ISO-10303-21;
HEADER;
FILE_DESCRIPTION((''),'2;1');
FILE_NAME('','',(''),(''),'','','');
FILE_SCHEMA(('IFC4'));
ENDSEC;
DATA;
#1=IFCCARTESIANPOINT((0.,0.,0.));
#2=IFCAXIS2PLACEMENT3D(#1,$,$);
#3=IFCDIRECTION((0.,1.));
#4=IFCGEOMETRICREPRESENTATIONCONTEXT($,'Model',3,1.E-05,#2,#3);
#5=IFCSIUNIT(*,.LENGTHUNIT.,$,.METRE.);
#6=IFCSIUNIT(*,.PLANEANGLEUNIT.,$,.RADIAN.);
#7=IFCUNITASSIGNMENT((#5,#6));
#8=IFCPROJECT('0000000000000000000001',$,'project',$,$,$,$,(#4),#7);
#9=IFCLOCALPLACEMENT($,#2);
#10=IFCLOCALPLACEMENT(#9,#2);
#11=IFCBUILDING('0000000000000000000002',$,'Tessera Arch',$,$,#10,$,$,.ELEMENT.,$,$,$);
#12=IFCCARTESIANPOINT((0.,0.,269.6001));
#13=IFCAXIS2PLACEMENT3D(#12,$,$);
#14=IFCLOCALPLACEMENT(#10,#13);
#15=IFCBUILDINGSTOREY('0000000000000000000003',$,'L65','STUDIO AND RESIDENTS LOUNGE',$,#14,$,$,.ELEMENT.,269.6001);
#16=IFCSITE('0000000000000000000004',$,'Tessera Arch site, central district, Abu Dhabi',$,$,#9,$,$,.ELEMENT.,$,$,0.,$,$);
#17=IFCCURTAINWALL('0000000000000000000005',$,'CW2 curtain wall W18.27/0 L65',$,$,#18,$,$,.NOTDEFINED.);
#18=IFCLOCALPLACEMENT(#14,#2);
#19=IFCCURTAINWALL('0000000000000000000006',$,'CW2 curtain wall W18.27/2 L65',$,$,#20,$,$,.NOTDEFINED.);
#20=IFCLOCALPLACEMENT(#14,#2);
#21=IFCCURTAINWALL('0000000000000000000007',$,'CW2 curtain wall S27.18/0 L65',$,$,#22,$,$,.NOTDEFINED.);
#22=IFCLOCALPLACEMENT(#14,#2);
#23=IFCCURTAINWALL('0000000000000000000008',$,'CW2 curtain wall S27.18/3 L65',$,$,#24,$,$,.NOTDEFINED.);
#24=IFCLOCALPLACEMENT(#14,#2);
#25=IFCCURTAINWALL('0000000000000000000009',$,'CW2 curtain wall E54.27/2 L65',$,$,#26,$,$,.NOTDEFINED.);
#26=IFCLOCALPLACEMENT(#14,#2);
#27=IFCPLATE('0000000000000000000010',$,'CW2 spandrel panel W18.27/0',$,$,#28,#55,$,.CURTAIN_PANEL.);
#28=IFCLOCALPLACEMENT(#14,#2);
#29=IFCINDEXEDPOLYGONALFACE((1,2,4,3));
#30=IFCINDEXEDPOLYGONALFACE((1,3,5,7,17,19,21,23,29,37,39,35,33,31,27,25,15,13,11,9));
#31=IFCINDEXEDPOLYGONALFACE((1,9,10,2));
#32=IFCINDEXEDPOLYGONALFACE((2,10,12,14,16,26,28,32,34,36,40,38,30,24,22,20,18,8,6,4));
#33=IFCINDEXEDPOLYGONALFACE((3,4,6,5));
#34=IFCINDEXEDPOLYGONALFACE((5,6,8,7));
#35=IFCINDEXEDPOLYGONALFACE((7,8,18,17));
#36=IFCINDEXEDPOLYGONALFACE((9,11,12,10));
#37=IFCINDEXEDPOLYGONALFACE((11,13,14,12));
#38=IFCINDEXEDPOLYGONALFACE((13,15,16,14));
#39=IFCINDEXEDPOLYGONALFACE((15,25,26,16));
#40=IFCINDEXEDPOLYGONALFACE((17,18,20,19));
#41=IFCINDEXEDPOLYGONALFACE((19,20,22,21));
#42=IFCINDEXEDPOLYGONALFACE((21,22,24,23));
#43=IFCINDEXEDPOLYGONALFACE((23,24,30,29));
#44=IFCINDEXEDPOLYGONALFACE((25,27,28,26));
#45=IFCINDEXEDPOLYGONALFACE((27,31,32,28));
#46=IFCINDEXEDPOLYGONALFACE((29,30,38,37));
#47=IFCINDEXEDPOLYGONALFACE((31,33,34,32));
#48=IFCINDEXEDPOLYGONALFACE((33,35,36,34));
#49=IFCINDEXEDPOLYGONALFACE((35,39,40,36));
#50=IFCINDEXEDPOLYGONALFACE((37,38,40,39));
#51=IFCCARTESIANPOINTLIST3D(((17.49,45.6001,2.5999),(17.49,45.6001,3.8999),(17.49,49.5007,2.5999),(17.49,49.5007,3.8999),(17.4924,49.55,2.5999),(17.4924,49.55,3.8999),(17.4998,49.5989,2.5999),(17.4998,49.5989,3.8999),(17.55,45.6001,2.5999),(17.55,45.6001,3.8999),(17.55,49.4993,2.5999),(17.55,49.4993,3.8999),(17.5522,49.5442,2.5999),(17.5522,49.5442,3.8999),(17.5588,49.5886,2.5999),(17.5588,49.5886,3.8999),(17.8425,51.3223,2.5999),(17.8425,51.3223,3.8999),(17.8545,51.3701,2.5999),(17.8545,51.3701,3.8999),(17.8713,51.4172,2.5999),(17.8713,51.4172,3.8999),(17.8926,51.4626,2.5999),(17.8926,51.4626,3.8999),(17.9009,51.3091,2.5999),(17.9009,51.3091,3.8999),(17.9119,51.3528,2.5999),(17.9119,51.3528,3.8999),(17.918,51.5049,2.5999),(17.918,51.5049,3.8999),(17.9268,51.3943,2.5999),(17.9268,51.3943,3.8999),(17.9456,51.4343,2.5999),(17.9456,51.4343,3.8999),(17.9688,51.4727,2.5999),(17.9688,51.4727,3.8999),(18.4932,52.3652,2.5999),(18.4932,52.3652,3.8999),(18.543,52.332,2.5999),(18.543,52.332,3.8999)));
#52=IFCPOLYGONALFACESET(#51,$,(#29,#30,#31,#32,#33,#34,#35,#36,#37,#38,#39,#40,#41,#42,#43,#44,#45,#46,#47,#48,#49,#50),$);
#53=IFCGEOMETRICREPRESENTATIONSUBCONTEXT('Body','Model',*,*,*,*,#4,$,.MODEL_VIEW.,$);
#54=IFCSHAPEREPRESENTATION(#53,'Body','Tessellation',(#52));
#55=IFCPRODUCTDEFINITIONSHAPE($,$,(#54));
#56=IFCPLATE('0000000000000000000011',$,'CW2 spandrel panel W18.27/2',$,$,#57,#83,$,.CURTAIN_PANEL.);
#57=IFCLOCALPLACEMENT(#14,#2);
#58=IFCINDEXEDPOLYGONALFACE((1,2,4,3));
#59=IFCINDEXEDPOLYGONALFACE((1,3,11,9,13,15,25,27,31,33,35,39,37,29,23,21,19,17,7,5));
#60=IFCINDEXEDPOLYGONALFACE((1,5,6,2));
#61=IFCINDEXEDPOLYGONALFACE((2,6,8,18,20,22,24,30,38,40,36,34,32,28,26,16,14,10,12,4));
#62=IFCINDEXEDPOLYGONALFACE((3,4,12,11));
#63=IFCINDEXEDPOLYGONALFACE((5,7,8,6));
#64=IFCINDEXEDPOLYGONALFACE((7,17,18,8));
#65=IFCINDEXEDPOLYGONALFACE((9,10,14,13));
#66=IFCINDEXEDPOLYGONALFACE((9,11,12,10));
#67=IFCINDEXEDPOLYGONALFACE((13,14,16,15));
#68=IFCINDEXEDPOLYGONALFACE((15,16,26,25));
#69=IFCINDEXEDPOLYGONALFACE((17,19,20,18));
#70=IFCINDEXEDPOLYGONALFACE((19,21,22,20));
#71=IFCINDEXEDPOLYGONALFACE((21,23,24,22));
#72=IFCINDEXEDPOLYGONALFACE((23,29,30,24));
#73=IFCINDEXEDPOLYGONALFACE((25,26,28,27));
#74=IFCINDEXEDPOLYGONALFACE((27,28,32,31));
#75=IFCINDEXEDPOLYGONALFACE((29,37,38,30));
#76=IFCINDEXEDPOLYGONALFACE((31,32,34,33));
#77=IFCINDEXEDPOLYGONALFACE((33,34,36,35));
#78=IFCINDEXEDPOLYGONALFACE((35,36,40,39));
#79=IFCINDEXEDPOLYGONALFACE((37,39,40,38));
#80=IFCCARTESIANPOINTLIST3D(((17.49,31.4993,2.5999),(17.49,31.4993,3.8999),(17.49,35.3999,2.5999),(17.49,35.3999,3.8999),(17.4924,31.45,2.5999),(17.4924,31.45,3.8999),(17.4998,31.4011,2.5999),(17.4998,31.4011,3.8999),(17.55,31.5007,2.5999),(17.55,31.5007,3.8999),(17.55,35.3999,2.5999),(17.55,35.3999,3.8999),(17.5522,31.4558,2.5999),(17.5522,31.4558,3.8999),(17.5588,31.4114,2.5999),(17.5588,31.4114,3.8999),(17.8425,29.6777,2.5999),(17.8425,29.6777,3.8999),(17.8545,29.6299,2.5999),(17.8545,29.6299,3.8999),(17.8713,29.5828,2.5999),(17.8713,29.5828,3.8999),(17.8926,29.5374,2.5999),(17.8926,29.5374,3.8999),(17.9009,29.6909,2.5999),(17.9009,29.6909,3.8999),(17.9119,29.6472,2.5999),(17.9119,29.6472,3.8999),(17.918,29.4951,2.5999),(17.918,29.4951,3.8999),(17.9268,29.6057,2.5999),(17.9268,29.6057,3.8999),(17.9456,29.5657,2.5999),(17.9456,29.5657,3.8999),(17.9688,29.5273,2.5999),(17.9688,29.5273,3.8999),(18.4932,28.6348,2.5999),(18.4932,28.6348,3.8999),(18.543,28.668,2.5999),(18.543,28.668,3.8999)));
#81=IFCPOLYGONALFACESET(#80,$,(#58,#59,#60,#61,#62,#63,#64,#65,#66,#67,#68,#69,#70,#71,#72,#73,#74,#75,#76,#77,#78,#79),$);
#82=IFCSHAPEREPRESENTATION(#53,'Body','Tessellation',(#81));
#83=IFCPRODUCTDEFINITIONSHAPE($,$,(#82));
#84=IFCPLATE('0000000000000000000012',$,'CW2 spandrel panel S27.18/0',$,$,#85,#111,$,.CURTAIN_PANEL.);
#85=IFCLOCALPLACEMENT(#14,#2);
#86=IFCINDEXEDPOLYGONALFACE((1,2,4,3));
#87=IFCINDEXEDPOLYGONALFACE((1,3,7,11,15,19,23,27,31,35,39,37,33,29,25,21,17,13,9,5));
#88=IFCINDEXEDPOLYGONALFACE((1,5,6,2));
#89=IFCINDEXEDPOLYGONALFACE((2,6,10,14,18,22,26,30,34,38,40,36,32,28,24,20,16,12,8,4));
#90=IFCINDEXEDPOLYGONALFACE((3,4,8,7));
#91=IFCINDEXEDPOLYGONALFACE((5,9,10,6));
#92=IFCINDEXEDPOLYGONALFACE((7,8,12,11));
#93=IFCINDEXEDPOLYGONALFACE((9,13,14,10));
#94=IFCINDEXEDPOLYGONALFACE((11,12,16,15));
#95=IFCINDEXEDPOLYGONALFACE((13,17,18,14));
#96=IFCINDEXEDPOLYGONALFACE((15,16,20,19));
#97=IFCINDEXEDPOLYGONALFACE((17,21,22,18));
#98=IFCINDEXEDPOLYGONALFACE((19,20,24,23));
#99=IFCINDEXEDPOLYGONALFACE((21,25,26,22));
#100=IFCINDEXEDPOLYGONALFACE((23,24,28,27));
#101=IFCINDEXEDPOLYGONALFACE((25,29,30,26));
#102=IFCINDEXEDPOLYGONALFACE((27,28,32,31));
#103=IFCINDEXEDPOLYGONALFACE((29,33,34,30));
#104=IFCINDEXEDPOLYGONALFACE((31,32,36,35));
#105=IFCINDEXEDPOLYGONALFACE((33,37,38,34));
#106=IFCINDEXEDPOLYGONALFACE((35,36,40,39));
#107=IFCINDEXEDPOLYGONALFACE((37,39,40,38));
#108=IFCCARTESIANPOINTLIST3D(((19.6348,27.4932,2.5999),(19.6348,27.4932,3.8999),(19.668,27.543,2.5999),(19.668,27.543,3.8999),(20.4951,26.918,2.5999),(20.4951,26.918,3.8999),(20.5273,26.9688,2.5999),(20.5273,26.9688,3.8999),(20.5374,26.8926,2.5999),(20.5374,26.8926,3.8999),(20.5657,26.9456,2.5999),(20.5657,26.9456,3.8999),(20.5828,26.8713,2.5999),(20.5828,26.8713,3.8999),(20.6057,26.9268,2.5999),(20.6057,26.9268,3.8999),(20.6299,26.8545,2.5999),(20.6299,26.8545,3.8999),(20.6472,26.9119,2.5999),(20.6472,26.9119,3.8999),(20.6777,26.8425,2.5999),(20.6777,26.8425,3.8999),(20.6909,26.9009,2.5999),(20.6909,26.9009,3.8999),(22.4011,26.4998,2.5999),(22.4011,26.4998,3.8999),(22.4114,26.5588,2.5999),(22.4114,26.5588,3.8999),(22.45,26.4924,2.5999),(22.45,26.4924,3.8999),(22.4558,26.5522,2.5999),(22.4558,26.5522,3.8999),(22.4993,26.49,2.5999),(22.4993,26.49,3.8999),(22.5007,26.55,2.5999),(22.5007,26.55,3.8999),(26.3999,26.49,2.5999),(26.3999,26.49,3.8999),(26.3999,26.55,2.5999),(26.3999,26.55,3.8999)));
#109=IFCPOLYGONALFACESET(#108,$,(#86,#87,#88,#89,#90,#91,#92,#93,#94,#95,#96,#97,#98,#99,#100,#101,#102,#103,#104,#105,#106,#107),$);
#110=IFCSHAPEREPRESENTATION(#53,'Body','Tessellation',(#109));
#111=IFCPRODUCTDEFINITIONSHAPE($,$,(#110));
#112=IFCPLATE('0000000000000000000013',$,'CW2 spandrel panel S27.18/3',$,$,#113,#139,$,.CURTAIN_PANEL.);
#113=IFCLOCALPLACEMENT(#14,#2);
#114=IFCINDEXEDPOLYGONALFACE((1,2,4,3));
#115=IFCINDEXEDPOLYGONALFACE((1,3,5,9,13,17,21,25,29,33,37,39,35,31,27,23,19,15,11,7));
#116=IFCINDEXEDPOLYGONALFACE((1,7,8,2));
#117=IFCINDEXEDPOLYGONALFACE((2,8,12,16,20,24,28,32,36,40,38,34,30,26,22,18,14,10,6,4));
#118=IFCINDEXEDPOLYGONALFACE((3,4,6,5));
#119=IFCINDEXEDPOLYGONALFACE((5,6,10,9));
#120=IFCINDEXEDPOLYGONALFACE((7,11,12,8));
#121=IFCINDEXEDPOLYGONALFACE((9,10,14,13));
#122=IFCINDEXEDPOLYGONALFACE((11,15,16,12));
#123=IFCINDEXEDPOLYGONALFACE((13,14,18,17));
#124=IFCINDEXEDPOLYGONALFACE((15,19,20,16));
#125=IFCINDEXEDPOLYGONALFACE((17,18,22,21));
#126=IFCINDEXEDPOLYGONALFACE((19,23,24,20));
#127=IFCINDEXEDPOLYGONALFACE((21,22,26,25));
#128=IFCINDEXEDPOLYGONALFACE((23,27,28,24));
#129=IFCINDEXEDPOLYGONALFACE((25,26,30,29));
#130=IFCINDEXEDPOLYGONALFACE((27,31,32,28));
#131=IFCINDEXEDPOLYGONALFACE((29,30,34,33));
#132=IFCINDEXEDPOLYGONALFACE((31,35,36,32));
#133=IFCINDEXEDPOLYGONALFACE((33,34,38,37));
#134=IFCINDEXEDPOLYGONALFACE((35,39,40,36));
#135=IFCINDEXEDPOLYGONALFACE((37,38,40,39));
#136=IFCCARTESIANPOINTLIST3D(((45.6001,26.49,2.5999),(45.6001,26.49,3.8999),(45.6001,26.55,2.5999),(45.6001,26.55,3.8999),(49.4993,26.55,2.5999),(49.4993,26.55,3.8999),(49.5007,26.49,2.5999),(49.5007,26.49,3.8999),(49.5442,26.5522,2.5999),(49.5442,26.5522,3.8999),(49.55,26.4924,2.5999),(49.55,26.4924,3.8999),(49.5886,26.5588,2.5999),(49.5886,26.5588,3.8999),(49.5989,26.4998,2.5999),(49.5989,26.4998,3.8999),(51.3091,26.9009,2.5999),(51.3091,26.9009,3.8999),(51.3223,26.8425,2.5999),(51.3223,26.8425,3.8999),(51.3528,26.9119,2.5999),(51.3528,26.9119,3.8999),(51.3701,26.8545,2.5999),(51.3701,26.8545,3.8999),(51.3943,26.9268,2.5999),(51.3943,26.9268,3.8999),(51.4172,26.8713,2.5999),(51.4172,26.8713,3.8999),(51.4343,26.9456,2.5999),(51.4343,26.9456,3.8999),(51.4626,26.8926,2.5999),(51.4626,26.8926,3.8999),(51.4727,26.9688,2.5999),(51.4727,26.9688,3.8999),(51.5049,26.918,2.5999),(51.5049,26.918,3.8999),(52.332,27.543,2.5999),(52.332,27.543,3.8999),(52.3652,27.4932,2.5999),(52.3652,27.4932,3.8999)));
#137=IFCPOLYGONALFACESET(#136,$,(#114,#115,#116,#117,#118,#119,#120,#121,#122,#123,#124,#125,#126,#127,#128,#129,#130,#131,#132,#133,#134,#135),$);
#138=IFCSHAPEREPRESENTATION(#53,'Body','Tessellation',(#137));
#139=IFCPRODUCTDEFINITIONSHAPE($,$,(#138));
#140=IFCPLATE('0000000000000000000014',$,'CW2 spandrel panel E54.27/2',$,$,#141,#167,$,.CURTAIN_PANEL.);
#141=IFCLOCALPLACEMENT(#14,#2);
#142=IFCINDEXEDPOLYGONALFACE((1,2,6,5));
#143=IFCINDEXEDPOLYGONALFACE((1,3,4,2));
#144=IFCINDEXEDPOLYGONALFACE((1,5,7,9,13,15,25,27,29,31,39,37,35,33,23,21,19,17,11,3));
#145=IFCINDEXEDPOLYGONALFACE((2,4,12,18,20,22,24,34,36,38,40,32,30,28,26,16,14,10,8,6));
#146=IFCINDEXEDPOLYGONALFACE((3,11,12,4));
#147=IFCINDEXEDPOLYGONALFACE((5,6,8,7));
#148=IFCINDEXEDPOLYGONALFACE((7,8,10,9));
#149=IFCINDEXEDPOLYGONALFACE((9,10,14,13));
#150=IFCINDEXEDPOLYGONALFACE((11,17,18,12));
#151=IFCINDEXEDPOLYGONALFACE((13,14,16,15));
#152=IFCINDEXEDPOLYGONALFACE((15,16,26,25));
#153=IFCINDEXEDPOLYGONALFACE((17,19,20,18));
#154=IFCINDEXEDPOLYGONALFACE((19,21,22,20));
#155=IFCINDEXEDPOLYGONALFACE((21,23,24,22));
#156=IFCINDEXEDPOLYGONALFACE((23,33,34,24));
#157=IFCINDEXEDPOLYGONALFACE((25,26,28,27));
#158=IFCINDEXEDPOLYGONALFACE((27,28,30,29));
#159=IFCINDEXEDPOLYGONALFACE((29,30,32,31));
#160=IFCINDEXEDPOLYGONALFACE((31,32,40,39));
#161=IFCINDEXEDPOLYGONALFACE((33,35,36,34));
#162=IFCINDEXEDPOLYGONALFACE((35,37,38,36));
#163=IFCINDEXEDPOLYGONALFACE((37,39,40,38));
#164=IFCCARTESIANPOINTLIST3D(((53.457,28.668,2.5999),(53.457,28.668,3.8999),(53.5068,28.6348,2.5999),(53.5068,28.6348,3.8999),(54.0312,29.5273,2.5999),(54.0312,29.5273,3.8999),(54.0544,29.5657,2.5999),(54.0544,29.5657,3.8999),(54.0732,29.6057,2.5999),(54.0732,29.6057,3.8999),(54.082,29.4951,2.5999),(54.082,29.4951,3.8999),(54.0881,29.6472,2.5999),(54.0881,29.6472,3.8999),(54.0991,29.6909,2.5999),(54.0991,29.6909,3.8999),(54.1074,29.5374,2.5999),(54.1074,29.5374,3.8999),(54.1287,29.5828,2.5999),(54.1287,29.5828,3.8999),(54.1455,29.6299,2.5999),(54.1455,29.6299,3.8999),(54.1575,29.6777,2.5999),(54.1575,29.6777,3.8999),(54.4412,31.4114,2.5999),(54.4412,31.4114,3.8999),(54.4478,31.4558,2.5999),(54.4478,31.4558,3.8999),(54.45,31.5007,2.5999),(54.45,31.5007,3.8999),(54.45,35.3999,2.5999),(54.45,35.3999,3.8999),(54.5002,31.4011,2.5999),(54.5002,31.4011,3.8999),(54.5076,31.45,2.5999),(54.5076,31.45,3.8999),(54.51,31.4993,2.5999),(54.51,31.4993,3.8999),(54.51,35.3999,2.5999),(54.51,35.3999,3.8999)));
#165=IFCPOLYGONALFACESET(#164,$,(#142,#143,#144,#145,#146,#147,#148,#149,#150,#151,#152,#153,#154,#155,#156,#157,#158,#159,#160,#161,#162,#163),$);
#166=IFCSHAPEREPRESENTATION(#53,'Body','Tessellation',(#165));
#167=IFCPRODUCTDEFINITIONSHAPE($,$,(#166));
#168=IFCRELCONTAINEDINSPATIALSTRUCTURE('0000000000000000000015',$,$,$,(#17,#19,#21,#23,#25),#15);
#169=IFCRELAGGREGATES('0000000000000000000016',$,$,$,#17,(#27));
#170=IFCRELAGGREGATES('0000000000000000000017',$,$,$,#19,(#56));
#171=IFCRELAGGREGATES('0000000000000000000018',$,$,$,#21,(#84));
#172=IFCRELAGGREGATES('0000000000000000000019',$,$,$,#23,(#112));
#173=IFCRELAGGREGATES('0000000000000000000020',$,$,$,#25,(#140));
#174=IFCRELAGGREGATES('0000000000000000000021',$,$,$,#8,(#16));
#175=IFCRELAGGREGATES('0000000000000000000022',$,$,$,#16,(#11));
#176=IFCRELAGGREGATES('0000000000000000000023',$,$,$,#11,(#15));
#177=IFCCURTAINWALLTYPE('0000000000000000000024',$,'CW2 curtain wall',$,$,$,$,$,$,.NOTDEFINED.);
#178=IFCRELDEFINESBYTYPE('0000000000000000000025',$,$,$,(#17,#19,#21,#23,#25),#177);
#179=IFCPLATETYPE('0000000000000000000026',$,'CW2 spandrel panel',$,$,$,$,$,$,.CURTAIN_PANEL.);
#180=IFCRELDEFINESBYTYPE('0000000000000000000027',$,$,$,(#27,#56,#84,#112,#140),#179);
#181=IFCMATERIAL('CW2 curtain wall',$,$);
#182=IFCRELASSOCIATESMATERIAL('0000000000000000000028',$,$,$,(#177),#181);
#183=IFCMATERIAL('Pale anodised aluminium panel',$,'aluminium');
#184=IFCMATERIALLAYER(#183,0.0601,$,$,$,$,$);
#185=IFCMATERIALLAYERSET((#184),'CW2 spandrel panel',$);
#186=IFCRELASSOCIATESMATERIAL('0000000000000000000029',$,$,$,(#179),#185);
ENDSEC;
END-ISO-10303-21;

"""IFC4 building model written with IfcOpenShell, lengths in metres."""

from ifc_helpers import new_model, si_unit, direction, frame, origin, place, context, subcontext, project, spatial, polyline, outline, extrude, material, layer, layer_set, type_object, element, aggregate, save


model = new_model("IFC4")

# Units and contexts
model_context = context("Model", 3, precision=1e-05, world=origin(), true_north=direction((0.0, 1.0)))
body_context = subcontext(model_context, "Body", "Model", "MODEL_VIEW")
ifc_project = project(units=[si_unit("LENGTHUNIT", "METRE"), si_unit("PLANEANGLEUNIT", "RADIAN")], contexts=[model_context])

# Site, building, storey
site_placement = place(None, origin())
site = spatial("IfcSite", under=ifc_project, at=site_placement, Name="Tessera Arch site, central district, Abu Dhabi", CompositionType="ELEMENT", RefElevation=0.0)
building_placement = place(site_placement, origin())
building = spatial("IfcBuilding", under=site, at=building_placement, Name="Tessera Arch", CompositionType="ELEMENT")
storey_placement = place(building_placement, frame((0.0, 0.0, 269.6001)))
storey = spatial("IfcBuildingStorey", under=building, at=storey_placement, Name="L65", Description="STUDIO AND RESIDENTS LOUNGE", CompositionType="ELEMENT", Elevation=269.6001)

# Curtain walls
ifc_material_1 = material(Name="CW2 curtain wall")
curtain_wall_type = type_object("IfcCurtainWallType", Name="CW2 curtain wall", PredefinedType="NOTDEFINED", material=ifc_material_1)
curtain_wall_1_placement = place(storey_placement, origin())
curtain_wall_1 = element("IfcCurtainWall", 1, at=curtain_wall_1_placement, inside=storey, type_object=curtain_wall_type, Name="CW2 curtain wall W18.27/0 L65", PredefinedType="NOTDEFINED")
curtain_wall_2_placement = place(storey_placement, origin())
curtain_wall_2 = element("IfcCurtainWall", 2, at=curtain_wall_2_placement, inside=storey, type_object=curtain_wall_type, Name="CW2 curtain wall W18.27/2 L65", PredefinedType="NOTDEFINED")
curtain_wall_3_placement = place(storey_placement, origin())
curtain_wall_3 = element("IfcCurtainWall", 3, at=curtain_wall_3_placement, inside=storey, type_object=curtain_wall_type, Name="CW2 curtain wall S27.18/0 L65", PredefinedType="NOTDEFINED")
curtain_wall_4_placement = place(storey_placement, origin())
curtain_wall_4 = element("IfcCurtainWall", 4, at=curtain_wall_4_placement, inside=storey, type_object=curtain_wall_type, Name="CW2 curtain wall S27.18/3 L65", PredefinedType="NOTDEFINED")
curtain_wall_5_placement = place(storey_placement, origin())
curtain_wall_5 = element("IfcCurtainWall", 5, at=curtain_wall_5_placement, inside=storey, type_object=curtain_wall_type, Name="CW2 curtain wall E54.27/2 L65", PredefinedType="NOTDEFINED")

# Plates
ifc_material_2 = material(Name="Pale anodised aluminium panel", Category="aluminium")
ifc_layer_1 = layer(ifc_material_2, 0.0601)
ifc_layer_set_1 = layer_set([ifc_layer_1], Name="CW2 spandrel panel")
plate_type_1 = type_object("IfcPlateType", Name="CW2 spandrel panel", PredefinedType="CURTAIN_PANEL", material=ifc_layer_set_1)
plate_1_placement = place(storey_placement, frame((0.0, 0.0, 2.5999)))
plate_1 = element("IfcPlate", 6, at=plate_1_placement, type_object=plate_type_1, Name="CW2 spandrel panel W18.27/0", PredefinedType="CURTAIN_PANEL", context=body_context, shape_type="SweptSolid", body=[
    extrude(outline(polyline([(17.9688, 51.4727), (18.543, 52.332), (18.4932, 52.3652), (17.918, 51.5049), (17.8926, 51.4626), (17.8713, 51.4172), (17.8545, 51.3701), (17.8425, 51.3223), (17.4998, 49.5989), (17.4924, 49.55), (17.49, 49.5007), (17.49, 45.6001), (17.55, 45.6001), (17.55, 49.4993), (17.5522, 49.5442), (17.5588, 49.5886), (17.9009, 51.3091), (17.9119, 51.3528), (17.9268, 51.3943), (17.9456, 51.4343), (17.9688, 51.4727)])), origin(), (0.0, 0.0, 1.0), 1.3),
])
aggregate(curtain_wall_1, [plate_1])
plate_2_placement = place(storey_placement, frame((0.0, 0.0, 2.5999)))
plate_2 = element("IfcPlate", 7, at=plate_2_placement, type_object=plate_type_1, Name="CW2 spandrel panel W18.27/2", PredefinedType="CURTAIN_PANEL", context=body_context, shape_type="SweptSolid", body=[
    extrude(outline(polyline([(17.55, 31.5007), (17.55, 35.3999), (17.49, 35.3999), (17.49, 31.4993), (17.4924, 31.45), (17.4998, 31.4011), (17.8425, 29.6777), (17.8545, 29.6299), (17.8713, 29.5828), (17.8926, 29.5374), (17.918, 29.4951), (18.4932, 28.6348), (18.543, 28.668), (17.9688, 29.5273), (17.9456, 29.5657), (17.9268, 29.6057), (17.9119, 29.6472), (17.9009, 29.6909), (17.5588, 31.4114), (17.5522, 31.4558), (17.55, 31.5007)])), origin(), (0.0, 0.0, 1.0), 1.3),
])
aggregate(curtain_wall_2, [plate_2])
plate_3_placement = place(storey_placement, frame((0.0, 0.0, 2.5999)))
plate_3 = element("IfcPlate", 8, at=plate_3_placement, type_object=plate_type_1, Name="CW2 spandrel panel S27.18/0", PredefinedType="CURTAIN_PANEL", context=body_context, shape_type="SweptSolid", body=[
    extrude(outline(polyline([(20.5273, 26.9688), (19.668, 27.543), (19.6348, 27.4932), (20.4951, 26.918), (20.5374, 26.8926), (20.5828, 26.8713), (20.6299, 26.8545), (20.6777, 26.8425), (22.4011, 26.4998), (22.45, 26.4924), (22.4993, 26.49), (26.3999, 26.49), (26.3999, 26.55), (22.5007, 26.55), (22.4558, 26.5522), (22.4114, 26.5588), (20.6909, 26.9009), (20.6472, 26.9119), (20.6057, 26.9268), (20.5657, 26.9456), (20.5273, 26.9688)])), origin(), (0.0, 0.0, 1.0), 1.3),
])
aggregate(curtain_wall_3, [plate_3])
plate_4_placement = place(storey_placement, frame((0.0, 0.0, 2.5999)))
plate_4 = element("IfcPlate", 9, at=plate_4_placement, type_object=plate_type_1, Name="CW2 spandrel panel S27.18/3", PredefinedType="CURTAIN_PANEL", context=body_context, shape_type="SweptSolid", body=[
    extrude(outline(polyline([(49.4993, 26.55), (45.6001, 26.55), (45.6001, 26.49), (49.5007, 26.49), (49.55, 26.4924), (49.5989, 26.4998), (51.3223, 26.8425), (51.3701, 26.8545), (51.4172, 26.8713), (51.4626, 26.8926), (51.5049, 26.918), (52.3652, 27.4932), (52.332, 27.543), (51.4727, 26.9688), (51.4343, 26.9456), (51.3943, 26.9268), (51.3528, 26.9119), (51.3091, 26.9009), (49.5886, 26.5588), (49.5442, 26.5522), (49.4993, 26.55)])), origin(), (0.0, 0.0, 1.0), 1.3),
])
aggregate(curtain_wall_4, [plate_4])
plate_5_placement = place(storey_placement, frame((0.0, 0.0, 2.5999)))
plate_5 = element("IfcPlate", 10, at=plate_5_placement, type_object=plate_type_1, Name="CW2 spandrel panel E54.27/2", PredefinedType="CURTAIN_PANEL", context=body_context, shape_type="SweptSolid", body=[
    extrude(outline(polyline([(54.0312, 29.5273), (53.457, 28.668), (53.5068, 28.6348), (54.082, 29.4951), (54.1074, 29.5374), (54.1287, 29.5828), (54.1455, 29.6299), (54.1575, 29.6777), (54.5002, 31.4011), (54.5076, 31.45), (54.51, 31.4993), (54.51, 35.3999), (54.45, 35.3999), (54.45, 31.5007), (54.4478, 31.4558), (54.4412, 31.4114), (54.0991, 29.6909), (54.0881, 29.6472), (54.0732, 29.6057), (54.0544, 29.5657), (54.0312, 29.5273)])), origin(), (0.0, 0.0, 1.0), 1.3),
])
aggregate(curtain_wall_5, [plate_5])

save(model, "model.ifc")
